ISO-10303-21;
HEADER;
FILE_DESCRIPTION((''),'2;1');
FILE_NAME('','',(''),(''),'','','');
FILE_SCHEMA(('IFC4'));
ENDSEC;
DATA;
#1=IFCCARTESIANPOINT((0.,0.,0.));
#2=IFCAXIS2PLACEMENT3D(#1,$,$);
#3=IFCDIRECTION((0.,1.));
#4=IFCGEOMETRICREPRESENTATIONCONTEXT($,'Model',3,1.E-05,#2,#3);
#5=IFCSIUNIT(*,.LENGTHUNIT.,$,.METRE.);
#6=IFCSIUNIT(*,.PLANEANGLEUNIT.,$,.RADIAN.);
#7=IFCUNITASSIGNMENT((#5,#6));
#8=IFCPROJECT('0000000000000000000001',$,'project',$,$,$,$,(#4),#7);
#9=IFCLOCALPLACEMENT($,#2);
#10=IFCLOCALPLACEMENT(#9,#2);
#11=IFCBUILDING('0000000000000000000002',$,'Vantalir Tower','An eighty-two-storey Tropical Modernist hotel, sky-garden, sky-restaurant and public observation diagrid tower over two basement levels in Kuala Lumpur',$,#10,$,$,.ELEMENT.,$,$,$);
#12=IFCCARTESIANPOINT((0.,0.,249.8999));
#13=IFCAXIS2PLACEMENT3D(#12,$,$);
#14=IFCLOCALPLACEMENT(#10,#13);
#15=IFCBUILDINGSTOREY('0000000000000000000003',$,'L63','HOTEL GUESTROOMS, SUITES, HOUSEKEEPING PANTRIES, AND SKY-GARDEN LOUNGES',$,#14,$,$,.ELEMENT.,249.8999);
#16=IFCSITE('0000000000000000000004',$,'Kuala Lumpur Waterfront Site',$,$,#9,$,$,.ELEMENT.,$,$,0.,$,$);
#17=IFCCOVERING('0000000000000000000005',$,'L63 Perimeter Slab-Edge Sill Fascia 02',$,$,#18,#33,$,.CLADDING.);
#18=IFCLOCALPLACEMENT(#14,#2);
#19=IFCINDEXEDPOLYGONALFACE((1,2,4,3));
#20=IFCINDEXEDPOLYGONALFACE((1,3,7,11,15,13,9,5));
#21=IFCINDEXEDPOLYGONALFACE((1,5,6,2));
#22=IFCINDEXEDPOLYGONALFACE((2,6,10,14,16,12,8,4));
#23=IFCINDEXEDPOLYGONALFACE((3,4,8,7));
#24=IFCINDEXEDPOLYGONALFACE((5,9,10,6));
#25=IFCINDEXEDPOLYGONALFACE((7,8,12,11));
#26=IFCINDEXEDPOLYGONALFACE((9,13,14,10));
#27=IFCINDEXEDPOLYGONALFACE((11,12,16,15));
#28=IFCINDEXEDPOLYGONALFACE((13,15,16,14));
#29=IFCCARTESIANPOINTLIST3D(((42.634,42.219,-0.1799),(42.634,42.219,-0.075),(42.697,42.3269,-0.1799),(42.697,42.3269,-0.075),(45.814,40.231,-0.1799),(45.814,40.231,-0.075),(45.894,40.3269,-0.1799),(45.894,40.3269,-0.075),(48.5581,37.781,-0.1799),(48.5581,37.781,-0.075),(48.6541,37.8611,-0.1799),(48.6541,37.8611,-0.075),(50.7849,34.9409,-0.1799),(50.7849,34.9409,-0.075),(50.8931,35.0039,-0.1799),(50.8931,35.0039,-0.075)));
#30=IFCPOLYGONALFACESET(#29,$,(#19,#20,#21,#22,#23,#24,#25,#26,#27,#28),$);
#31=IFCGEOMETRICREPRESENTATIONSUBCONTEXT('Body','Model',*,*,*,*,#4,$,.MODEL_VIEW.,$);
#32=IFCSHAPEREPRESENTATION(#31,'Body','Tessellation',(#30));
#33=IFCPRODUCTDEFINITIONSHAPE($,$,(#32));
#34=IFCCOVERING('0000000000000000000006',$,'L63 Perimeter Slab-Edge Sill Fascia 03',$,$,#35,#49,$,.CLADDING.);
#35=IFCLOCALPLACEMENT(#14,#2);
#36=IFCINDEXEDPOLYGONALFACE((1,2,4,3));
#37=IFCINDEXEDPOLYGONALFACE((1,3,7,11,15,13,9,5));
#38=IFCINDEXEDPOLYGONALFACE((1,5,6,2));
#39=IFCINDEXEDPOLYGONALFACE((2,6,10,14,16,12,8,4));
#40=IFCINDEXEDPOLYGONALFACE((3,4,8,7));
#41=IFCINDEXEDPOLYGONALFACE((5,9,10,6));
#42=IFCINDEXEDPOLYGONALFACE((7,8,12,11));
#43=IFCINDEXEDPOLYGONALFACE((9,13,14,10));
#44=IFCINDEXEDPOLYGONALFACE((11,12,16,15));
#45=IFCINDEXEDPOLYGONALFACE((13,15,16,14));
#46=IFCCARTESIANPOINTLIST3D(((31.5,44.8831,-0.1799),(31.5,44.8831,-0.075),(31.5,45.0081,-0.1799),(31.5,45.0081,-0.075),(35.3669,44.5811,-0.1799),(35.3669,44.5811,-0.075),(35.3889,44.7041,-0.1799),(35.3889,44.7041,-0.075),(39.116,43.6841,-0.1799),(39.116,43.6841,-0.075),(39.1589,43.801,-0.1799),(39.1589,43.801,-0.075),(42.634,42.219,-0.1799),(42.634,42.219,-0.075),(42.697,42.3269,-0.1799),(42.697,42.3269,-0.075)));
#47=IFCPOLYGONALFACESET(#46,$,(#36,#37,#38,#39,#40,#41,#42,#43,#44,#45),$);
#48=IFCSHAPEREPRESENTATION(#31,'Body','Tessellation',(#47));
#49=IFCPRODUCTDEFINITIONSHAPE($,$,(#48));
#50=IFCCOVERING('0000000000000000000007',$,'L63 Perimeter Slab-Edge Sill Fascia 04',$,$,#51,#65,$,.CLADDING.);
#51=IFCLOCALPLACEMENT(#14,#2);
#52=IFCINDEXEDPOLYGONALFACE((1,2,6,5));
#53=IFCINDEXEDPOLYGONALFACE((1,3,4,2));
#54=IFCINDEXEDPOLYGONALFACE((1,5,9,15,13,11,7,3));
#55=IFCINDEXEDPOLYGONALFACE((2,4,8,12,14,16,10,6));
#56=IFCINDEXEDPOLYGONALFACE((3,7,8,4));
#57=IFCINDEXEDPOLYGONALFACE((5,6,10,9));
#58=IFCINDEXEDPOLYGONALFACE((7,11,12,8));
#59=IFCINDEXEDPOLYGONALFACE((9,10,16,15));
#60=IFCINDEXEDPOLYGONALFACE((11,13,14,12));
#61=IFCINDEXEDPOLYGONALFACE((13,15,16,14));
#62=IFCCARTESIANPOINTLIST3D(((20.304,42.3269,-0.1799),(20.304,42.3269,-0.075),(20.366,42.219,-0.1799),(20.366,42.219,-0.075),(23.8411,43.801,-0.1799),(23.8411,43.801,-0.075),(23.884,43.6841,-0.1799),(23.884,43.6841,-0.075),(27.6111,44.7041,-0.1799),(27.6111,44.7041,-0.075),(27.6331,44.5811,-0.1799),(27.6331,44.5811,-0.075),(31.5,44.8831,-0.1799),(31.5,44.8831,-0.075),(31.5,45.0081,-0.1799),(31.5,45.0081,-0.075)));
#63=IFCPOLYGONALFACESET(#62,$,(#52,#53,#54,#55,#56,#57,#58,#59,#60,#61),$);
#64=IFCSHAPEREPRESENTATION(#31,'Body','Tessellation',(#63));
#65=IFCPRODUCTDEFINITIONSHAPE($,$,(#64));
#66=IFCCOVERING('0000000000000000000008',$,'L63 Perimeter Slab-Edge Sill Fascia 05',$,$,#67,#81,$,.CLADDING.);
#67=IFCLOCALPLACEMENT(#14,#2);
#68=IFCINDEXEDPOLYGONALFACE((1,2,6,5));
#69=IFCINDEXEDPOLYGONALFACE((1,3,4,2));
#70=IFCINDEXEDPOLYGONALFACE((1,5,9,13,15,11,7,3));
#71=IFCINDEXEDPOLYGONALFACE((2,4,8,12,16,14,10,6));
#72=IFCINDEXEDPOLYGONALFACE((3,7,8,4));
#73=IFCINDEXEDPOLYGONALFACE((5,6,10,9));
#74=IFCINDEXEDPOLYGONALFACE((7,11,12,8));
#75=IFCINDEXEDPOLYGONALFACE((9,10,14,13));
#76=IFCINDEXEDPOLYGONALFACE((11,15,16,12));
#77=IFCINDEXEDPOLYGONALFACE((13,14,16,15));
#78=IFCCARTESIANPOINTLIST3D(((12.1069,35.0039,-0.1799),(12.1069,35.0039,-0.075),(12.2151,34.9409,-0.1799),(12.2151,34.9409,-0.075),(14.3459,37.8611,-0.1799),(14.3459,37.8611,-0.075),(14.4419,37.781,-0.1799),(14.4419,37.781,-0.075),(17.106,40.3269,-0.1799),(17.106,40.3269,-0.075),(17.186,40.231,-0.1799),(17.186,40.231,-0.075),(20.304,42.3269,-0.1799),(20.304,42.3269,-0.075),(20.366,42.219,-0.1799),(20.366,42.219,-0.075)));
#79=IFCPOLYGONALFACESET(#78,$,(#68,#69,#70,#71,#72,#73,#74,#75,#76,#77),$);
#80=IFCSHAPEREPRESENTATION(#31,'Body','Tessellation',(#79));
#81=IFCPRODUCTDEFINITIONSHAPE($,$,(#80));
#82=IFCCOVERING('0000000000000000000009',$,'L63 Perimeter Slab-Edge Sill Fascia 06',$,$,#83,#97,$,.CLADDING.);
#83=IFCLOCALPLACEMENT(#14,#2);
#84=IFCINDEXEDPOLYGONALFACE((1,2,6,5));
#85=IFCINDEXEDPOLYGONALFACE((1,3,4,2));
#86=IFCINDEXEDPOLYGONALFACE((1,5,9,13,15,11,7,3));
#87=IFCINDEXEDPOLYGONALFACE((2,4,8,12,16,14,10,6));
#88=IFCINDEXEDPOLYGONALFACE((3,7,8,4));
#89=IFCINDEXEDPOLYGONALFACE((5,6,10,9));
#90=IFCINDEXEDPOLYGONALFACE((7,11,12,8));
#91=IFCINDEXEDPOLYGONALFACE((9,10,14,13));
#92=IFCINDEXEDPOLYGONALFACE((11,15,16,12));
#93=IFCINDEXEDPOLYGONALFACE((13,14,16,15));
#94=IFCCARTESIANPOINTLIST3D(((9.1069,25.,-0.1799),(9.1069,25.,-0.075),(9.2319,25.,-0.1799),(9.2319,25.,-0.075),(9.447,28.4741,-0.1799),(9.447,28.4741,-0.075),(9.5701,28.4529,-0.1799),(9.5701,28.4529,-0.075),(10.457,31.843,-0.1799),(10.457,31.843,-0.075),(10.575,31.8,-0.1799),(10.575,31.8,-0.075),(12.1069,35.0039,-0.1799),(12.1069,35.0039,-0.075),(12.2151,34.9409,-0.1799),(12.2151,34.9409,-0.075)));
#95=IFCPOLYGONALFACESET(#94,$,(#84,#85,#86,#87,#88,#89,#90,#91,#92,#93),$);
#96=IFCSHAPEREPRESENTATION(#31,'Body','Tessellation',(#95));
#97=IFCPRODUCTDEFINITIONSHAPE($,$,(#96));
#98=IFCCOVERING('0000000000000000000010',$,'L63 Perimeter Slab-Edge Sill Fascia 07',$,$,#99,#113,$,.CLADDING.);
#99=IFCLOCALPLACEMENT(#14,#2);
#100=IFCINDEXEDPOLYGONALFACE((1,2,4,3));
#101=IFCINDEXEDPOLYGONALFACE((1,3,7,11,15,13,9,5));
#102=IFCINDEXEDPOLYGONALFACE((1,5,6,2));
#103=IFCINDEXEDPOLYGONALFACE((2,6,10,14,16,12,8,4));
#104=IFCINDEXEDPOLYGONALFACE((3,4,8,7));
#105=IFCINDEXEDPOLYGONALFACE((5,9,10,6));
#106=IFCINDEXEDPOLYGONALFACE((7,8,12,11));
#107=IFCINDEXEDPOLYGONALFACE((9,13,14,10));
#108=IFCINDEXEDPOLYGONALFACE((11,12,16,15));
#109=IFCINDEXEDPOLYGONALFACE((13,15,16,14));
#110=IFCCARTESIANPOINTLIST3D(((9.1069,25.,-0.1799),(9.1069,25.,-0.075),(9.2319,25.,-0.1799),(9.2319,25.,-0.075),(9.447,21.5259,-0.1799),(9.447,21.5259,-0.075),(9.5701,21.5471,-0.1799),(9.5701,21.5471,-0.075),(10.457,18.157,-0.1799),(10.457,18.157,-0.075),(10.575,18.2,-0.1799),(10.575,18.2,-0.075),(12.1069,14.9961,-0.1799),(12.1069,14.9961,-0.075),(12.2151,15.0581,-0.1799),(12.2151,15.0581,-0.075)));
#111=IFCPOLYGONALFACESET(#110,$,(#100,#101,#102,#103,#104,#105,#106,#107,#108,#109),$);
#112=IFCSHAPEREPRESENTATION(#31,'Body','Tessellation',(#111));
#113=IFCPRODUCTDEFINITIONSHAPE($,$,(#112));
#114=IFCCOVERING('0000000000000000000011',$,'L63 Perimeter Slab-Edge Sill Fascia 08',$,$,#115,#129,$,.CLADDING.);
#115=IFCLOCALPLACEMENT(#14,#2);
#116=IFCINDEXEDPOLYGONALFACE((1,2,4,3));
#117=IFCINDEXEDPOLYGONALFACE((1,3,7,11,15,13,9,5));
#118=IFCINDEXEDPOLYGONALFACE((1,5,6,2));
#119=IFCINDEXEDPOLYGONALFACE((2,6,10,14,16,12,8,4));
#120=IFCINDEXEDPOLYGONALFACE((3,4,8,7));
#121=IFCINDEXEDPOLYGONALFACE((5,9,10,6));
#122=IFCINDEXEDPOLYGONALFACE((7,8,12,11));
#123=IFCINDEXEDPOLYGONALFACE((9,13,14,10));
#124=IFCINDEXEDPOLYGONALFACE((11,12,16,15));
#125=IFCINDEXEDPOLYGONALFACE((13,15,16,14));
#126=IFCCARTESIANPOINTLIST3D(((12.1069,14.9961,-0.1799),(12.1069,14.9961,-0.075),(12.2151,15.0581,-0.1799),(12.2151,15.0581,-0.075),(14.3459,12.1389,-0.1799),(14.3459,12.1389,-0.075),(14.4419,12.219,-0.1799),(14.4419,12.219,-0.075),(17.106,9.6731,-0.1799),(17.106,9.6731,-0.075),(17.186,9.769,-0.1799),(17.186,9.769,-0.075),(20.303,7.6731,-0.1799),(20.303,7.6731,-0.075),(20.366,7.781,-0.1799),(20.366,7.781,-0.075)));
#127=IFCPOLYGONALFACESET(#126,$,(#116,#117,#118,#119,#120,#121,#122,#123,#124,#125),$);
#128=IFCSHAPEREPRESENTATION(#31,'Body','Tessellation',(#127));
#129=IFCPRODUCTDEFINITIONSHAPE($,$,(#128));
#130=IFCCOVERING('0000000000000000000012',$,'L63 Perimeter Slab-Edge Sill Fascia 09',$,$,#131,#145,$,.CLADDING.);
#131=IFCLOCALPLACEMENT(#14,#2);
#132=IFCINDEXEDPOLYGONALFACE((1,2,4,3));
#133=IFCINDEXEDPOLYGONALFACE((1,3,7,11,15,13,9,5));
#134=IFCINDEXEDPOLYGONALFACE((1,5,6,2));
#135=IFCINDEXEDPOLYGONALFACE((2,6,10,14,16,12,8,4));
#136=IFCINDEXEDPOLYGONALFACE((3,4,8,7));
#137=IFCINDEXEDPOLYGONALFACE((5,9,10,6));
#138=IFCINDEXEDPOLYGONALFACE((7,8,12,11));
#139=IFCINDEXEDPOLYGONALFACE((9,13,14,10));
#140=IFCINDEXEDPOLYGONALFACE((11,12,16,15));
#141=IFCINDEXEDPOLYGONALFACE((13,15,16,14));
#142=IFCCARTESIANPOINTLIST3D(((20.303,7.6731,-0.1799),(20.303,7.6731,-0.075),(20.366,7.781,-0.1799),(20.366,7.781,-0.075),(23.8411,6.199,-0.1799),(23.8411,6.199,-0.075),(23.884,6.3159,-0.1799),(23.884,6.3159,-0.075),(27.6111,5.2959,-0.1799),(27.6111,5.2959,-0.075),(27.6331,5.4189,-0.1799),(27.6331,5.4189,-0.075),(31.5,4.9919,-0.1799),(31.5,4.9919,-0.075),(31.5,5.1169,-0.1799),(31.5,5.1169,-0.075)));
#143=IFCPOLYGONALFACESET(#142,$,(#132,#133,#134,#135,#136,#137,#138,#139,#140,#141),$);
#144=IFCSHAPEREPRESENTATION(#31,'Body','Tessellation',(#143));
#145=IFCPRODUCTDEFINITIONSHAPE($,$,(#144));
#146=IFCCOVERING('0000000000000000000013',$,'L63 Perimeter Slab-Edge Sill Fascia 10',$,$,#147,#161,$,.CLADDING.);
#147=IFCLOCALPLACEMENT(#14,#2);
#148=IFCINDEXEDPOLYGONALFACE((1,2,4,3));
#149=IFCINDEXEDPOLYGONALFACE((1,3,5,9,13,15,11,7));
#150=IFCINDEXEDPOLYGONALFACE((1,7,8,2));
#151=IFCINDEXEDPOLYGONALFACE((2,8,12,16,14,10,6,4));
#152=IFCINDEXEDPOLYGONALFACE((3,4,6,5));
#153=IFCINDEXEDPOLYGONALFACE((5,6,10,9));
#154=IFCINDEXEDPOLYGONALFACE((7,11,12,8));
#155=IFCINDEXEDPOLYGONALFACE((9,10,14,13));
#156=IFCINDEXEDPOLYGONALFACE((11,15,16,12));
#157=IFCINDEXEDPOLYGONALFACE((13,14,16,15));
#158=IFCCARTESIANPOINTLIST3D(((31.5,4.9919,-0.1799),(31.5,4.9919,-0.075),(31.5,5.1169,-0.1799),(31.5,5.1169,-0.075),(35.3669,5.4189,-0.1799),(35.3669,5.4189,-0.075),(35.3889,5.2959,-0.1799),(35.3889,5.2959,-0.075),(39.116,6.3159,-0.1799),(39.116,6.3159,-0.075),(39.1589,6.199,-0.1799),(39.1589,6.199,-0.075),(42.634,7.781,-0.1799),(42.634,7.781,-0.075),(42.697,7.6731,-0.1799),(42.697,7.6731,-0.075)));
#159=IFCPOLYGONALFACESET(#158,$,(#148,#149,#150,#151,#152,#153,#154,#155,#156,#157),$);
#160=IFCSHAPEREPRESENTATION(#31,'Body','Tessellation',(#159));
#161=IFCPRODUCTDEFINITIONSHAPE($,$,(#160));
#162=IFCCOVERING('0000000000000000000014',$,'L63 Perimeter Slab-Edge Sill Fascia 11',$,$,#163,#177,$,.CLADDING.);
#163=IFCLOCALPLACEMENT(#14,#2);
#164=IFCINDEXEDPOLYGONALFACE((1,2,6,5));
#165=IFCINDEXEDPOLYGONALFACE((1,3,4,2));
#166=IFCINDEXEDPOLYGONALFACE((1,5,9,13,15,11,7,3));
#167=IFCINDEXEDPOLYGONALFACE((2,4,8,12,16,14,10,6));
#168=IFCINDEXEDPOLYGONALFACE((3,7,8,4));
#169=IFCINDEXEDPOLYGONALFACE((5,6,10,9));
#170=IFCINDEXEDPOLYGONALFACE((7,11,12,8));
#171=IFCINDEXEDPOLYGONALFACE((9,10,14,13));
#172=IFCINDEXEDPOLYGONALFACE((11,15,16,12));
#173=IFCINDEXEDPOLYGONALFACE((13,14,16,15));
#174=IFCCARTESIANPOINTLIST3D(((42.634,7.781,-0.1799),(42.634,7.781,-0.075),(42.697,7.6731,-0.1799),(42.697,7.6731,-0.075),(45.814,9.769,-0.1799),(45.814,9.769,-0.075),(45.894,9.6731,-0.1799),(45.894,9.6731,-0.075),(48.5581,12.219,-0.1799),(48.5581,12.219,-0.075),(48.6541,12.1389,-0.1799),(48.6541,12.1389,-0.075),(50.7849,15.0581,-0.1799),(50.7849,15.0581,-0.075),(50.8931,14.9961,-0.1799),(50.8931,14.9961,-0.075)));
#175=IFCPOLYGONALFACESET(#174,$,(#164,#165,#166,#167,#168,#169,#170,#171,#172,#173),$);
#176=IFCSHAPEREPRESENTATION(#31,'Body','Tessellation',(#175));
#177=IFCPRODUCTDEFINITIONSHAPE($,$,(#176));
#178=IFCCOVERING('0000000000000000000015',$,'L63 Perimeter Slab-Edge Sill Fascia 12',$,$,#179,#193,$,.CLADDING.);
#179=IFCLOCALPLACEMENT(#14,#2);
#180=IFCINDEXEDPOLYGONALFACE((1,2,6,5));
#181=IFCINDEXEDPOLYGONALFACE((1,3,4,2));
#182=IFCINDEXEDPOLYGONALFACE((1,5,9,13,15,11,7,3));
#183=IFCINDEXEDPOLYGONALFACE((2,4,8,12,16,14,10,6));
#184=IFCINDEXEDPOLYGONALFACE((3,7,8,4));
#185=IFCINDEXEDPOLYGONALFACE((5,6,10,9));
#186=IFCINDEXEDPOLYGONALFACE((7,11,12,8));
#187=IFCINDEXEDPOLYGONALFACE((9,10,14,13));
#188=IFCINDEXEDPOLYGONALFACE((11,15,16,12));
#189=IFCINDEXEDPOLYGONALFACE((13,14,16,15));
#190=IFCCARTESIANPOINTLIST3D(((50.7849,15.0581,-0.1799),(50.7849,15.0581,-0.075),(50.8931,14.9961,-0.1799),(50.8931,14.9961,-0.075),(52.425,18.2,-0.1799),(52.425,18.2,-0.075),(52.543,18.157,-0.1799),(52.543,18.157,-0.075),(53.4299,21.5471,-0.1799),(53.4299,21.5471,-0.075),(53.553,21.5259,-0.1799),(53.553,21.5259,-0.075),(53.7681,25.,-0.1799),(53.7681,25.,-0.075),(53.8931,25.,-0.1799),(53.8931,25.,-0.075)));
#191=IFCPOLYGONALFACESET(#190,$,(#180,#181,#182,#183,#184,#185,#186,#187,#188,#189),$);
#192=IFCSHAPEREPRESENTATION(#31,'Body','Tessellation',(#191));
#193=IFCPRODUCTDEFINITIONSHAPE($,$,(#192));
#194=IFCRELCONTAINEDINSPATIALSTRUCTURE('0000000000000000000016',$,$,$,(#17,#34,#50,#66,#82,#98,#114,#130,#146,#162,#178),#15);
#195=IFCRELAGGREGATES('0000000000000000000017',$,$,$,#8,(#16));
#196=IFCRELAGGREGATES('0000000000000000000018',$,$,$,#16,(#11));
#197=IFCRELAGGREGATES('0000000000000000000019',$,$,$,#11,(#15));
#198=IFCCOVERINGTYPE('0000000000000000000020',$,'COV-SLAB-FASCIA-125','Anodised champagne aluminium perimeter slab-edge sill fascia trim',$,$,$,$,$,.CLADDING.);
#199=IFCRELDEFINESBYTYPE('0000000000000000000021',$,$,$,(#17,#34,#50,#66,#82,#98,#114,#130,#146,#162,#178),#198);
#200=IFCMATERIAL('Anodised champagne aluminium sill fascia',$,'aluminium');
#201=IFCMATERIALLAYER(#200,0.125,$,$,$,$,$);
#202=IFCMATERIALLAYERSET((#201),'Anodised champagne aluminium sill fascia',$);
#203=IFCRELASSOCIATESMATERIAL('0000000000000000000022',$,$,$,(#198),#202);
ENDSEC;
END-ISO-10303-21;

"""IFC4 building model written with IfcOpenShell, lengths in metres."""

from ifc_helpers import new_model, si_unit, direction, frame, origin, place, context, subcontext, project, spatial, polyline, outline, extrude, material, layer, layer_set, type_object, element, save


model = new_model("IFC4")

# Units and contexts
model_context = context("Model", 3, precision=1e-05, world=origin(), true_north=direction((0.0, 1.0)))
body_context = subcontext(model_context, "Body", "Model", "MODEL_VIEW")
ifc_project = project(units=[si_unit("LENGTHUNIT", "METRE"), si_unit("PLANEANGLEUNIT", "RADIAN")], contexts=[model_context])

# Site, building, storey
site_placement = place(None, origin())
site = spatial("IfcSite", under=ifc_project, at=site_placement, Name="Kuala Lumpur Waterfront Site", CompositionType="ELEMENT", RefElevation=0.0)
building_placement = place(site_placement, origin())
building = spatial("IfcBuilding", under=site, at=building_placement, Name="Vantalir Tower", Description="An eighty-two-storey Tropical Modernist hotel, sky-garden, sky-restaurant and public observation diagrid tower over two basement levels in Kuala Lumpur", CompositionType="ELEMENT")
storey_placement = place(building_placement, frame((0.0, 0.0, 249.8999)))
storey = spatial("IfcBuildingStorey", under=building, at=storey_placement, Name="L63", Description="HOTEL GUESTROOMS, SUITES, HOUSEKEEPING PANTRIES, AND SKY-GARDEN LOUNGES", CompositionType="ELEMENT", Elevation=249.8999)

# Coverings
ifc_material_1 = material(Name="Anodised champagne aluminium sill fascia", Category="aluminium")
ifc_layer_1 = layer(ifc_material_1, 0.125)
ifc_layer_set_1 = layer_set([ifc_layer_1], Name="Anodised champagne aluminium sill fascia")
covering_type = type_object("IfcCoveringType", Name="COV-SLAB-FASCIA-125", Description="Anodised champagne aluminium perimeter slab-edge sill fascia trim", PredefinedType="CLADDING", material=ifc_layer_set_1)
covering_1_placement = place(storey_placement, frame((0.0, 0.0, -0.1799)))
element("IfcCovering", 1, at=covering_1_placement, inside=storey, type_object=covering_type, Name="L63 Perimeter Slab-Edge Sill Fascia 02", PredefinedType="CLADDING", context=body_context, shape_type="SweptSolid", body=[
    extrude(outline(polyline([(50.8931, 35.0039), (48.6541, 37.8611), (45.894, 40.3269), (42.697, 42.3269), (42.634, 42.219), (45.814, 40.231), (48.5581, 37.781), (50.7849, 34.9409), (50.8931, 35.0039)])), origin(), (0.0, 0.0, 1.0), 0.105),
])
covering_2_placement = place(storey_placement, frame((0.0, 0.0, -0.1799)))
element("IfcCovering", 2, at=covering_2_placement, inside=storey, type_object=covering_type, Name="L63 Perimeter Slab-Edge Sill Fascia 03", PredefinedType="CLADDING", context=body_context, shape_type="SweptSolid", body=[
    extrude(outline(polyline([(42.697, 42.3269), (39.1589, 43.801), (35.3889, 44.7041), (31.5, 45.0081), (31.5, 44.8831), (35.3669, 44.5811), (39.116, 43.6841), (42.634, 42.219), (42.697, 42.3269)])), origin(), (0.0, 0.0, 1.0), 0.105),
])
covering_3_placement = place(storey_placement, frame((0.0, 0.0, -0.1799)))
element("IfcCovering", 3, at=covering_3_placement, inside=storey, type_object=covering_type, Name="L63 Perimeter Slab-Edge Sill Fascia 04", PredefinedType="CLADDING", context=body_context, shape_type="SweptSolid", body=[
    extrude(outline(polyline([(31.5, 45.0081), (27.6111, 44.7041), (23.8411, 43.801), (20.304, 42.3269), (20.366, 42.219), (23.884, 43.6841), (27.6331, 44.5811), (31.5, 44.8831), (31.5, 45.0081)])), origin(), (0.0, 0.0, 1.0), 0.105),
])
covering_4_placement = place(storey_placement, frame((0.0, 0.0, -0.1799)))
element("IfcCovering", 4, at=covering_4_placement, inside=storey, type_object=covering_type, Name="L63 Perimeter Slab-Edge Sill Fascia 05", PredefinedType="CLADDING", context=body_context, shape_type="SweptSolid", body=[
    extrude(outline(polyline([(20.304, 42.3269), (17.106, 40.3269), (14.3459, 37.8611), (12.1069, 35.0039), (12.2151, 34.9409), (14.4419, 37.781), (17.186, 40.231), (20.366, 42.219), (20.304, 42.3269)])), origin(), (0.0, 0.0, 1.0), 0.105),
])
covering_5_placement = place(storey_placement, frame((0.0, 0.0, -0.1799)))
element("IfcCovering", 5, at=covering_5_placement, inside=storey, type_object=covering_type, Name="L63 Perimeter Slab-Edge Sill Fascia 06", PredefinedType="CLADDING", context=body_context, shape_type="SweptSolid", body=[
    extrude(outline(polyline([(12.1069, 35.0039), (10.457, 31.843), (9.447, 28.4741), (9.1069, 25.0), (9.2319, 25.0), (9.5701, 28.4529), (10.575, 31.8), (12.2151, 34.9409), (12.1069, 35.0039)])), origin(), (0.0, 0.0, 1.0), 0.105),
])
covering_6_placement = place(storey_placement, frame((0.0, 0.0, -0.1799)))
element("IfcCovering", 6, at=covering_6_placement, inside=storey, type_object=covering_type, Name="L63 Perimeter Slab-Edge Sill Fascia 07", PredefinedType="CLADDING", context=body_context, shape_type="SweptSolid", body=[
    extrude(outline(polyline([(9.1069, 25.0), (9.447, 21.5259), (10.457, 18.157), (12.1069, 14.9961), (12.2151, 15.0581), (10.575, 18.2), (9.5701, 21.5471), (9.2319, 25.0), (9.1069, 25.0)])), origin(), (0.0, 0.0, 1.0), 0.105),
])
covering_7_placement = place(storey_placement, frame((0.0, 0.0, -0.1799)))
element("IfcCovering", 7, at=covering_7_placement, inside=storey, type_object=covering_type, Name="L63 Perimeter Slab-Edge Sill Fascia 08", PredefinedType="CLADDING", context=body_context, shape_type="SweptSolid", body=[
    extrude(outline(polyline([(12.1069, 14.9961), (14.3459, 12.1389), (17.106, 9.6731), (20.303, 7.6731), (20.366, 7.781), (17.186, 9.769), (14.4419, 12.219), (12.2151, 15.0581), (12.1069, 14.9961)])), origin(), (0.0, 0.0, 1.0), 0.105),
])
covering_8_placement = place(storey_placement, frame((0.0, 0.0, -0.1799)))
element("IfcCovering", 8, at=covering_8_placement, inside=storey, type_object=covering_type, Name="L63 Perimeter Slab-Edge Sill Fascia 09", PredefinedType="CLADDING", context=body_context, shape_type="SweptSolid", body=[
    extrude(outline(polyline([(20.303, 7.6731), (23.8411, 6.199), (27.6111, 5.2959), (31.5, 4.9919), (31.5, 5.1169), (27.6331, 5.4189), (23.884, 6.3159), (20.366, 7.781), (20.303, 7.6731)])), origin(), (0.0, 0.0, 1.0), 0.105),
])
covering_9_placement = place(storey_placement, frame((0.0, 0.0, -0.1799)))
element("IfcCovering", 9, at=covering_9_placement, inside=storey, type_object=covering_type, Name="L63 Perimeter Slab-Edge Sill Fascia 10", PredefinedType="CLADDING", context=body_context, shape_type="SweptSolid", body=[
    extrude(outline(polyline([(31.5, 4.9919), (35.3889, 5.2959), (39.1589, 6.199), (42.697, 7.6731), (42.634, 7.781), (39.116, 6.3159), (35.3669, 5.4189), (31.5, 5.1169), (31.5, 4.9919)])), origin(), (0.0, 0.0, 1.0), 0.105),
])
covering_10_placement = place(storey_placement, frame((0.0, 0.0, -0.1799)))
element("IfcCovering", 10, at=covering_10_placement, inside=storey, type_object=covering_type, Name="L63 Perimeter Slab-Edge Sill Fascia 11", PredefinedType="CLADDING", context=body_context, shape_type="SweptSolid", body=[
    extrude(outline(polyline([(42.697, 7.6731), (45.894, 9.6731), (48.6541, 12.1389), (50.8931, 14.9961), (50.7849, 15.0581), (48.5581, 12.219), (45.814, 9.769), (42.634, 7.781), (42.697, 7.6731)])), origin(), (0.0, 0.0, 1.0), 0.105),
])
covering_11_placement = place(storey_placement, frame((0.0, 0.0, -0.1799)))
element("IfcCovering", 11, at=covering_11_placement, inside=storey, type_object=covering_type, Name="L63 Perimeter Slab-Edge Sill Fascia 12", PredefinedType="CLADDING", context=body_context, shape_type="SweptSolid", body=[
    extrude(outline(polyline([(50.8931, 14.9961), (52.543, 18.157), (53.553, 21.5259), (53.8931, 25.0), (53.7681, 25.0), (53.4299, 21.5471), (52.425, 18.2), (50.7849, 15.0581), (50.8931, 14.9961)])), origin(), (0.0, 0.0, 1.0), 0.105),
])

save(model, "model.ifc")
